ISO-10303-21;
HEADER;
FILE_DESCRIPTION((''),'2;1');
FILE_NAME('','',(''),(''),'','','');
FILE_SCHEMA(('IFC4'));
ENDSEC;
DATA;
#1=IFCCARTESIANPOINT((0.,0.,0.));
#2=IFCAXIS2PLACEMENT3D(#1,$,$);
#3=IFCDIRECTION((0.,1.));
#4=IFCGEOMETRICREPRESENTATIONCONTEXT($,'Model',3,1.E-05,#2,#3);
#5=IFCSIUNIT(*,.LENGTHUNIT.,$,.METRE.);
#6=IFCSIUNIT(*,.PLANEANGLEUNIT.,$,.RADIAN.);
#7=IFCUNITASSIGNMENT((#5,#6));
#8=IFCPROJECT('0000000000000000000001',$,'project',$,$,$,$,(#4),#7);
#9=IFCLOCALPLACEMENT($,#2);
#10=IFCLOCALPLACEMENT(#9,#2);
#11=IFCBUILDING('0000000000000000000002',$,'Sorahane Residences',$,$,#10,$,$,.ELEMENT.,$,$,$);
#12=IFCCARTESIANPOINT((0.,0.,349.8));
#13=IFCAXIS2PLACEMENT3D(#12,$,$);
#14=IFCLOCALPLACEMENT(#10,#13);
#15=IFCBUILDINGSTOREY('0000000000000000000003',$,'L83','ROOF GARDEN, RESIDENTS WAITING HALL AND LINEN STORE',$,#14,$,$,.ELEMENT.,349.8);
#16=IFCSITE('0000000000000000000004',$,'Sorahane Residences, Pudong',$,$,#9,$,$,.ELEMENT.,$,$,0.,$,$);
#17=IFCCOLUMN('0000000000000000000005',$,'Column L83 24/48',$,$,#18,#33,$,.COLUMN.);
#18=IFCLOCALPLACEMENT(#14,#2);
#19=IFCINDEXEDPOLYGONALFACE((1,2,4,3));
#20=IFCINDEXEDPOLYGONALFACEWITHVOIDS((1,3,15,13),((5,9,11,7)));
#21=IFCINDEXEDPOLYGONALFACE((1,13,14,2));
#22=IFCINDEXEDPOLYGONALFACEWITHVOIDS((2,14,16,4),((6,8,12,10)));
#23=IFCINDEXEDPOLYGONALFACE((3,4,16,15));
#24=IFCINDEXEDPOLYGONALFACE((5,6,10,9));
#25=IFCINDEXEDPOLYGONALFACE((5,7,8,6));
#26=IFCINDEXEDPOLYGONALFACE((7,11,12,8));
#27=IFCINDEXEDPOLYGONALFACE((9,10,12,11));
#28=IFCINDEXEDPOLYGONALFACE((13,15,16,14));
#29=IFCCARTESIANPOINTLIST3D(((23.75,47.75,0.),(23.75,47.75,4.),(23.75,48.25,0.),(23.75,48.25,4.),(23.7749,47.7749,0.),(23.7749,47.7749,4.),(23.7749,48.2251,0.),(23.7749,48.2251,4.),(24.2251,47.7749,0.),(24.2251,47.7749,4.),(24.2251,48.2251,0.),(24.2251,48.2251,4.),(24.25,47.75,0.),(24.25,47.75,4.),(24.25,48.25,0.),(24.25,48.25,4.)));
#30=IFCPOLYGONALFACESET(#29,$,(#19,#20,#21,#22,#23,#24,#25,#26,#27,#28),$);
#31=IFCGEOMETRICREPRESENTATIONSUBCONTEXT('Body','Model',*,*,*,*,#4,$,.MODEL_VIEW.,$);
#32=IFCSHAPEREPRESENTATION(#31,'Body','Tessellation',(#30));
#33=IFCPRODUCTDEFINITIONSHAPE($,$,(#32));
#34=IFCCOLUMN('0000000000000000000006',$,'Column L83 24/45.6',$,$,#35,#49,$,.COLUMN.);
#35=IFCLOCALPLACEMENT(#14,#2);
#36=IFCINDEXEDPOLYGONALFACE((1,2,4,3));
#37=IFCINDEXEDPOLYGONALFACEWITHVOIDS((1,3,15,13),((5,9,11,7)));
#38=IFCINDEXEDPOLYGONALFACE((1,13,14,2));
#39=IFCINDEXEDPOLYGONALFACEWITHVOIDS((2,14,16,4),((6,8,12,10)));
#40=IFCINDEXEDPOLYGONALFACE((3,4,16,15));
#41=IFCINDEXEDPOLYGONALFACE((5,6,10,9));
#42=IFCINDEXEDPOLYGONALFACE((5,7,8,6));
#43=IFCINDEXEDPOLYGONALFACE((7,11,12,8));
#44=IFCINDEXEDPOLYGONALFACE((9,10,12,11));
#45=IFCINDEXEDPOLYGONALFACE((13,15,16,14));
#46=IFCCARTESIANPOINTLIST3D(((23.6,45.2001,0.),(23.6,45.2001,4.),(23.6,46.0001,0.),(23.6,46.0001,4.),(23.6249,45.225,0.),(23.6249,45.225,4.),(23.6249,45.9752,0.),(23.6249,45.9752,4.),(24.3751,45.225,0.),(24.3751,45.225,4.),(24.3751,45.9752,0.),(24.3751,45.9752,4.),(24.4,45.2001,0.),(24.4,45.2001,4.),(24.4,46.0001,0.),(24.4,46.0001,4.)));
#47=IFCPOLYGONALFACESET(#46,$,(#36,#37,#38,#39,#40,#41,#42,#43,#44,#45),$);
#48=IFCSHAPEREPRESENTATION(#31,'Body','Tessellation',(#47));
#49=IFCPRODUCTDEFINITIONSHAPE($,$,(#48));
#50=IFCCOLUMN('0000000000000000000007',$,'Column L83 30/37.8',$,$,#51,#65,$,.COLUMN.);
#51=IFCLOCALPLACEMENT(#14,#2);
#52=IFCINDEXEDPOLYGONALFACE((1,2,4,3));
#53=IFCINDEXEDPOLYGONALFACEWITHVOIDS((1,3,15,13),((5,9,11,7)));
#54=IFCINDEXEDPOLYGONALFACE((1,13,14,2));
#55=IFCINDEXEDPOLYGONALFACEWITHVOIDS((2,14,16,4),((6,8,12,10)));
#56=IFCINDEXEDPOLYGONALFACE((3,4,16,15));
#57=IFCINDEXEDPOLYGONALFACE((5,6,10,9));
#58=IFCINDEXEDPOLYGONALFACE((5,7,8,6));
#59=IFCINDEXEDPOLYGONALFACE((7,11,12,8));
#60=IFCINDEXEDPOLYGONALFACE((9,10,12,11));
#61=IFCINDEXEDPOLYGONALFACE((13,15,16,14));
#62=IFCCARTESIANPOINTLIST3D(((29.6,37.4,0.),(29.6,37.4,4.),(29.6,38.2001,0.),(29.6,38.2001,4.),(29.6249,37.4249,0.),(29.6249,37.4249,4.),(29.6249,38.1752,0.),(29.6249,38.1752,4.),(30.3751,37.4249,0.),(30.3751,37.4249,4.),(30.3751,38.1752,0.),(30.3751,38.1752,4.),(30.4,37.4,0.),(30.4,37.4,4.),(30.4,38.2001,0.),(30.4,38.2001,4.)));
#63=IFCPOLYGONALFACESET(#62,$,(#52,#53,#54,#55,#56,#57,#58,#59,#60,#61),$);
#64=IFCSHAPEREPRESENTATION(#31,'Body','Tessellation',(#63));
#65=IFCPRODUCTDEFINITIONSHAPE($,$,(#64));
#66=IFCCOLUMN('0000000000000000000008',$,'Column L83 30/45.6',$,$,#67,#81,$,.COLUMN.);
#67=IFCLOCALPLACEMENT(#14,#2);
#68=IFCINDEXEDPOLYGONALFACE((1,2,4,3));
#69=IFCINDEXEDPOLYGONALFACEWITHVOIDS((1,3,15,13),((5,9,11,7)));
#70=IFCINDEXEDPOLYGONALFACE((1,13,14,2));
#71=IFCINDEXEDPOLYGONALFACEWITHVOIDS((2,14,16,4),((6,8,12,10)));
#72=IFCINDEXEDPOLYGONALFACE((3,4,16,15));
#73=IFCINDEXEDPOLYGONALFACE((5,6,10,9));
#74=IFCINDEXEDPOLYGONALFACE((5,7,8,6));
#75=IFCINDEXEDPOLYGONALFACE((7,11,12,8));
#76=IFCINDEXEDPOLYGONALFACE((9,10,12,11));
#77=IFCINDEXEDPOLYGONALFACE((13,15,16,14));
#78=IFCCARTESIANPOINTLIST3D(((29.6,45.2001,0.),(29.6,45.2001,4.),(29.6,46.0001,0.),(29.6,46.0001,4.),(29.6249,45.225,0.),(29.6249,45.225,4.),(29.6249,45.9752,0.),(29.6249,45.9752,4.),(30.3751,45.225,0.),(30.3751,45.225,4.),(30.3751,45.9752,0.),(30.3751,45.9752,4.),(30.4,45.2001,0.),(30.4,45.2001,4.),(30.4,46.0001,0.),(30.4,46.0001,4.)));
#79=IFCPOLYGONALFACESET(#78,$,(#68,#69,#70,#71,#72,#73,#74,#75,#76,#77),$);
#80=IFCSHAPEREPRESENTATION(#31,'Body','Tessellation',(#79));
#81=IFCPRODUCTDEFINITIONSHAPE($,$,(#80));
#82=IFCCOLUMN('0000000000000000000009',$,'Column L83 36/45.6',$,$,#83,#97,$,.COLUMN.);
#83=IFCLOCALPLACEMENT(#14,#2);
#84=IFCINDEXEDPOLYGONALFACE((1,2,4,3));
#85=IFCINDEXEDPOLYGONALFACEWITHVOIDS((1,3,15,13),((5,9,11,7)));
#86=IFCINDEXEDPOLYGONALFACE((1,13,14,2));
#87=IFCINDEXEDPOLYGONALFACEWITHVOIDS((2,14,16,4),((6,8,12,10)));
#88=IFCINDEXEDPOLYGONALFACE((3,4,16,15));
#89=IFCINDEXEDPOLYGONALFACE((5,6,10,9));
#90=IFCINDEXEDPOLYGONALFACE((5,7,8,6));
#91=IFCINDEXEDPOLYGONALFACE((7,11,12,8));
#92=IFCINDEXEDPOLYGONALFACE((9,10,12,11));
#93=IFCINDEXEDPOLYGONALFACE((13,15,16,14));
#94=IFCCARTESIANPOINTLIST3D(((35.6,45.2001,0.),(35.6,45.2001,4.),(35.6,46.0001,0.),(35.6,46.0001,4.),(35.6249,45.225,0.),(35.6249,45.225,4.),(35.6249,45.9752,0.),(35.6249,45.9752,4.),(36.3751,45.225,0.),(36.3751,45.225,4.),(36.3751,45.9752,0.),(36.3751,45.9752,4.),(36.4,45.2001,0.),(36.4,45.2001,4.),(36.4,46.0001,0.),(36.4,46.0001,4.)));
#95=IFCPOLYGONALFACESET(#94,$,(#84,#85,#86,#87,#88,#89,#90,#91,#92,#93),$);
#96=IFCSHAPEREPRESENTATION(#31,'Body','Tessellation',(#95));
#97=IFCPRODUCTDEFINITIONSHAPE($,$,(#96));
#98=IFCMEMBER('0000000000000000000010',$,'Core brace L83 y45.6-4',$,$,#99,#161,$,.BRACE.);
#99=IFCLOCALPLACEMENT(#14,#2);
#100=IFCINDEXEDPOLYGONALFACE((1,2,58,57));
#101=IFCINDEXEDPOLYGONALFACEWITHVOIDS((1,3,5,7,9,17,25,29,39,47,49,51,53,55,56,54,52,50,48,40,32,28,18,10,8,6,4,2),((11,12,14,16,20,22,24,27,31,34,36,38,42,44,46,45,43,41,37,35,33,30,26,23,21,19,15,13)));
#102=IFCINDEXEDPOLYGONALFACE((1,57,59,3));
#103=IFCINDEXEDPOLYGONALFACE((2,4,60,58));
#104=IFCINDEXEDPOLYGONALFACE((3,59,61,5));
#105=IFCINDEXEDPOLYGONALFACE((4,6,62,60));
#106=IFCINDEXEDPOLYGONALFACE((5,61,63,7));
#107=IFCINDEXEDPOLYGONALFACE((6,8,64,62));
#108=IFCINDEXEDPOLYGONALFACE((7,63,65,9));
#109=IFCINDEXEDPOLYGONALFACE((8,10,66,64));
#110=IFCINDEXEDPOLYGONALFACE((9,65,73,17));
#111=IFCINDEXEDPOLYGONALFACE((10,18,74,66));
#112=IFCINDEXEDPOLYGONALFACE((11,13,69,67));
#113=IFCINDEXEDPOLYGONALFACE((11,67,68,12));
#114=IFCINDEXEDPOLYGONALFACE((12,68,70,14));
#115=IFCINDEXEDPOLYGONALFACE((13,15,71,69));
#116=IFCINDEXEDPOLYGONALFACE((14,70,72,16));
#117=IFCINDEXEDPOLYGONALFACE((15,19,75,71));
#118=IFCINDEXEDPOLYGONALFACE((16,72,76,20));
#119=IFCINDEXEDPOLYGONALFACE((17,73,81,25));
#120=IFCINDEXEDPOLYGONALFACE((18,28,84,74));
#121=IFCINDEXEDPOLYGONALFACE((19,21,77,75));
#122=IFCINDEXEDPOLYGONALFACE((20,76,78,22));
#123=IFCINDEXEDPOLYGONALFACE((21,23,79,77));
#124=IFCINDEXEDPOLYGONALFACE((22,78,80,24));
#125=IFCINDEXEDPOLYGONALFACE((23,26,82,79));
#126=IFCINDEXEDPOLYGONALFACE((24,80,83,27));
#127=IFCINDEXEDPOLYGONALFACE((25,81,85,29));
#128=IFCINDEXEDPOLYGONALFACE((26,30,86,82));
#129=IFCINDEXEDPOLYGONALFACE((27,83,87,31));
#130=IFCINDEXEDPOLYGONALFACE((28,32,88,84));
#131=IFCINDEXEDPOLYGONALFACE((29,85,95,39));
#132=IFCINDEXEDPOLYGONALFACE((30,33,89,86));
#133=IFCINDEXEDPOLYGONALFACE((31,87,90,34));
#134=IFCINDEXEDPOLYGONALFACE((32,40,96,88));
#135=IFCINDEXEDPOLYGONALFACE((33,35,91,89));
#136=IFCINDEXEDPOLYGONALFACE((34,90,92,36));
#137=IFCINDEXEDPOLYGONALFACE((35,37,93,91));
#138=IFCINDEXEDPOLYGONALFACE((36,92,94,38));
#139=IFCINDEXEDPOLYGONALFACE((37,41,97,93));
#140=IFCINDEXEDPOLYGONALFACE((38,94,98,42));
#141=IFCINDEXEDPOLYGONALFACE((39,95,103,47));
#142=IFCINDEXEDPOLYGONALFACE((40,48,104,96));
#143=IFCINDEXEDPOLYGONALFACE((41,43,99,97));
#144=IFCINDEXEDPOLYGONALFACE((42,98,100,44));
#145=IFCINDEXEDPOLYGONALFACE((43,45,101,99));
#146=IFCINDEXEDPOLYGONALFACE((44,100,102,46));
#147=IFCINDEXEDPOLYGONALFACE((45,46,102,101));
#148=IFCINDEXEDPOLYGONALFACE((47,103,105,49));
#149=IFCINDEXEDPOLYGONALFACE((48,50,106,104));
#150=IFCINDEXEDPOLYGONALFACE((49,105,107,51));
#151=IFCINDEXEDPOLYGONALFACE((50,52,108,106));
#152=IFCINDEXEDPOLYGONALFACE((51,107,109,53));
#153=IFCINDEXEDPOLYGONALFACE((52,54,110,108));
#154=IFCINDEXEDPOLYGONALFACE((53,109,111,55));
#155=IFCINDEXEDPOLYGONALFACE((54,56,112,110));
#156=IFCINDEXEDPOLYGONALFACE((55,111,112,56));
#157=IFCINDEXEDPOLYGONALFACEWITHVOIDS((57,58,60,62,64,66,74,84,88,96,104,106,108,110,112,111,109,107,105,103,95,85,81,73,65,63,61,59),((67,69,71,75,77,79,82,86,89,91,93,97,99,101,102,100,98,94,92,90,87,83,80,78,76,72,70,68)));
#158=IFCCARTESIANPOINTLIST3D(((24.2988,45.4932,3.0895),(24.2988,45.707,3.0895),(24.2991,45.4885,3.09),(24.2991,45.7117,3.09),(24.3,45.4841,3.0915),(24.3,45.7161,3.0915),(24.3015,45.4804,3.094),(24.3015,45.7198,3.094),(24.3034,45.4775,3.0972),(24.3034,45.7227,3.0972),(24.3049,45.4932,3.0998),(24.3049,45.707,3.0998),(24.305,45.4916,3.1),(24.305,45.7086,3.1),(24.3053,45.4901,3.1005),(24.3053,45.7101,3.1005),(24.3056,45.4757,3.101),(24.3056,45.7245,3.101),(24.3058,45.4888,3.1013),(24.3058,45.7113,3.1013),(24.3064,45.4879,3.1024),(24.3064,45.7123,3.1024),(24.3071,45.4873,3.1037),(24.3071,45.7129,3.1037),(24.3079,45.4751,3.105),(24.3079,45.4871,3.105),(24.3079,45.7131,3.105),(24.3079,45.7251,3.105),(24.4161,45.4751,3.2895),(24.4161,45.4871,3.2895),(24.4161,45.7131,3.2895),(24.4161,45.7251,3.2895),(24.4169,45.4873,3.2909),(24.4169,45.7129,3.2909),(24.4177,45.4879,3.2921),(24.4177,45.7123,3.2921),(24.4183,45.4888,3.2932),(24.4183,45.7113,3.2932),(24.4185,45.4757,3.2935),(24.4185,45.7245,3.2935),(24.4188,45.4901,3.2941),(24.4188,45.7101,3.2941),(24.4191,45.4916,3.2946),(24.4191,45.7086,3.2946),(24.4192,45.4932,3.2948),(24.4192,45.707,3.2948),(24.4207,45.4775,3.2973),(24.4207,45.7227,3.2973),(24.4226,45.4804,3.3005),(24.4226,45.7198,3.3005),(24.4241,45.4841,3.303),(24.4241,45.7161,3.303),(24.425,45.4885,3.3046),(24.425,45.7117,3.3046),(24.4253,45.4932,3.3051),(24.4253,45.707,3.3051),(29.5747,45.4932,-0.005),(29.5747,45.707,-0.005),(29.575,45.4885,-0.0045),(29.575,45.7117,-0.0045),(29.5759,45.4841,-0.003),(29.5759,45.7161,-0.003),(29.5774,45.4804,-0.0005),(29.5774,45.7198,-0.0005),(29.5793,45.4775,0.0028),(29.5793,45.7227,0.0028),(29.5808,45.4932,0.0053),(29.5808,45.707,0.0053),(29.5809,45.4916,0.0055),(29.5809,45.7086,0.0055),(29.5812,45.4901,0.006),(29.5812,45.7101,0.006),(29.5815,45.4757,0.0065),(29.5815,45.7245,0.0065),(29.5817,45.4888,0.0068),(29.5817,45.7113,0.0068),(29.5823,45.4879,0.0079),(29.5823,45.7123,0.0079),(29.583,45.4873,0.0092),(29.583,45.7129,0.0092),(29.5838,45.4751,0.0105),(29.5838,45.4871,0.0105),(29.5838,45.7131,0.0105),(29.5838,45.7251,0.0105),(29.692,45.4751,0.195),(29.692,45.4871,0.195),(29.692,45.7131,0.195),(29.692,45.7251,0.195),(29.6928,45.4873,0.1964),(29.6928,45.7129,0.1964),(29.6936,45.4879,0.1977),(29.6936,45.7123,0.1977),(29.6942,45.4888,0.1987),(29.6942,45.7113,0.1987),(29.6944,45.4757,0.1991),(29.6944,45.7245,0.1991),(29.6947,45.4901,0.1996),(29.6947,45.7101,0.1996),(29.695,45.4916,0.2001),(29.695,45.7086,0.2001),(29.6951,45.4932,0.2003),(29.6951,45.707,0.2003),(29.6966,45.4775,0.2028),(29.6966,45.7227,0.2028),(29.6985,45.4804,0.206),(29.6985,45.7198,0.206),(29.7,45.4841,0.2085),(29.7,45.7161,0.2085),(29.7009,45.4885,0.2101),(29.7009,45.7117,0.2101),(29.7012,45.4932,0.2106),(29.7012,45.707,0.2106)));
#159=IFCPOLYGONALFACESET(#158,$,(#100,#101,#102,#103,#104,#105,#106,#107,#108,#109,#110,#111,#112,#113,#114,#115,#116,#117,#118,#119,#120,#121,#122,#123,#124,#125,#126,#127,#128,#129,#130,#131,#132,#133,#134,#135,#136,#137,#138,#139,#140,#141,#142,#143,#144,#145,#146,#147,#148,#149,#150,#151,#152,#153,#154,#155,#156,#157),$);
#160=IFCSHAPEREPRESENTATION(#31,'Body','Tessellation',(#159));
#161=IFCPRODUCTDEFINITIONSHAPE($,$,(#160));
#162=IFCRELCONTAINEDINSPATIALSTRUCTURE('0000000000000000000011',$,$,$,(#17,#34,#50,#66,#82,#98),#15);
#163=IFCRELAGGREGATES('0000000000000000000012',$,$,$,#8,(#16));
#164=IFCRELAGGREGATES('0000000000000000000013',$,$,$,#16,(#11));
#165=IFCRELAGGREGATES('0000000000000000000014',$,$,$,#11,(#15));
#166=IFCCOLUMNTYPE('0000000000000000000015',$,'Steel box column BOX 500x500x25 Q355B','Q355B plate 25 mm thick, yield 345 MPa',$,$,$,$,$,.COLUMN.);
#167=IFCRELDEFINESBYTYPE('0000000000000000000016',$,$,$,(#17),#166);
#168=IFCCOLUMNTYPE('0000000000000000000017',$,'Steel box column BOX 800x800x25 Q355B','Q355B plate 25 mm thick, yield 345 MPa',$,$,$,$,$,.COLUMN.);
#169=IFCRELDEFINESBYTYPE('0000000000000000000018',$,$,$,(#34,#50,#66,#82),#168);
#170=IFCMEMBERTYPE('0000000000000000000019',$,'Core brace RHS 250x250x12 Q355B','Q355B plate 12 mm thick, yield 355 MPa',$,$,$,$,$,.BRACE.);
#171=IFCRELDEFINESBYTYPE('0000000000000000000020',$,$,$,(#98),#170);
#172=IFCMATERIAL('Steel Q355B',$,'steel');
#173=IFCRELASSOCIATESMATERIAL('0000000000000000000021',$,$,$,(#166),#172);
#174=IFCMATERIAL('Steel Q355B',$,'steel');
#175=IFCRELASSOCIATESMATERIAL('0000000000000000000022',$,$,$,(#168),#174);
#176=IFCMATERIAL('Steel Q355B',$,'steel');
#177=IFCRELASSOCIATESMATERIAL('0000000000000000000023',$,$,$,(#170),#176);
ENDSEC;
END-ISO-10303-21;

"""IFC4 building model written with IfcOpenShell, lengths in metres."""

from ifc_helpers import new_model, si_unit, direction, frame, origin, origin_2d, place, context, subcontext, project, spatial, hollow_rectangle, extrude, material, material_profile, profile_set, type_object, element, save


model = new_model("IFC4")

# Units and contexts
model_context = context("Model", 3, precision=1e-05, world=origin(), true_north=direction((0.0, 1.0)))
body_context = subcontext(model_context, "Body", "Model", "MODEL_VIEW")
ifc_project = project(units=[si_unit("LENGTHUNIT", "METRE"), si_unit("PLANEANGLEUNIT", "RADIAN")], contexts=[model_context])

# Site, building, storey
site_placement = place(None, origin())
site = spatial("IfcSite", under=ifc_project, at=site_placement, Name="Sorahane Residences, Pudong", CompositionType="ELEMENT", RefElevation=0.0)
building_placement = place(site_placement, origin())
building = spatial("IfcBuilding", under=site, at=building_placement, Name="Sorahane Residences", CompositionType="ELEMENT")
storey_placement = place(building_placement, frame((0.0, 0.0, 349.8)))
storey = spatial("IfcBuildingStorey", under=building, at=storey_placement, Name="L83", Description="ROOF GARDEN, RESIDENTS WAITING HALL AND LINEN STORE", CompositionType="ELEMENT", Elevation=349.8)

# Columns
ifc_material_1 = material(Name="Steel Q355B", Category="steel")
ifc_material_profile_1 = material_profile(ifc_material_1, hollow_rectangle(XDim=0.5, YDim=0.5, WallThickness=0.0249, at=origin_2d()), Name="BOX 500x500x25")
ifc_profile_set_1 = profile_set([ifc_material_profile_1], Name="Steel Q355B")
column_type_1 = type_object("IfcColumnType", Name="Steel box column BOX 500x500x25 Q355B", Description="Q355B plate 25 mm thick, yield 345 MPa", PredefinedType="COLUMN", material=ifc_profile_set_1)
column_placement = place(storey_placement, frame((24.0, 48.0, 0.0), z_axis=(0.0, 0.0, 1.0), x_axis=(1.0, 0.0, 0.0)))
element("IfcColumn", 1, at=column_placement, inside=storey, type_object=column_type_1, Name="Column L83 24/48", PredefinedType="COLUMN", context=body_context, shape_type="SweptSolid", body=[
    extrude(hollow_rectangle(XDim=0.5, YDim=0.5, WallThickness=0.0249, at=origin_2d()), origin(), (0.0, 0.0, 1.0), 4.0),
])
ifc_material_2 = material(Name="Steel Q355B", Category="steel")
ifc_material_profile_2 = material_profile(ifc_material_2, hollow_rectangle(XDim=0.8, YDim=0.8, WallThickness=0.0249, at=origin_2d()), Name="BOX 800x800x25")
ifc_profile_set_2 = profile_set([ifc_material_profile_2], Name="Steel Q355B")
column_type_2 = type_object("IfcColumnType", Name="Steel box column BOX 800x800x25 Q355B", Description="Q355B plate 25 mm thick, yield 345 MPa", PredefinedType="COLUMN", material=ifc_profile_set_2)
for number, where, z_axis, x_axis, name in (
    (2, (24.0, 45.6001, 0.0), (0.0, 0.0, 1.0), (1.0, 0.0, 0.0), "Column L83 24/45.6"),
    (3, (30.0, 37.8, 0.0), (0.0, 0.0, 1.0), (1.0, 0.0, 0.0), "Column L83 30/37.8"),
    (4, (30.0, 45.6001, 0.0), (0.0, 0.0, 1.0), (1.0, 0.0, 0.0), "Column L83 30/45.6"),
    (5, (36.0, 45.6001, 0.0), (0.0, 0.0, 1.0), (1.0, 0.0, 0.0), "Column L83 36/45.6"),
):
    element("IfcColumn", number, at=place(storey_placement, frame(where, z_axis=z_axis, x_axis=x_axis)), inside=storey, type_object=column_type_2, Name=name, PredefinedType="COLUMN", context=body_context, shape_type="SweptSolid", body=[
        extrude(hollow_rectangle(XDim=0.8, YDim=0.8, WallThickness=0.0249, at=origin_2d()), origin(), (0.0, 0.0, 1.0), 4.0),
    ])

# Member
ifc_material_3 = material(Name="Steel Q355B", Category="steel")
ifc_material_profile_3 = material_profile(ifc_material_3, hollow_rectangle(XDim=0.25, YDim=0.25, WallThickness=0.012, InnerFilletRadius=0.0061, OuterFilletRadius=0.0181, at=origin_2d()), Name="RHS 250x250x12")
ifc_profile_set_3 = profile_set([ifc_material_profile_3], Name="Steel Q355B")
member_type_1 = type_object("IfcMemberType", Name="Core brace RHS 250x250x12 Q355B", Description="Q355B plate 12 mm thick, yield 355 MPa", PredefinedType="BRACE", material=ifc_profile_set_3)
member_1_placement = place(storey_placement, frame((29.6379, 45.6001, 0.1028), z_axis=(-0.862575, 0.0, 0.505929), x_axis=(0.0, -1.0, 0.0)))
element("IfcMember", 6, at=member_1_placement, inside=storey, type_object=member_type_1, Name="Core brace L83 y45.6-4", PredefinedType="BRACE", context=body_context, shape_type="SweptSolid", body=[
    extrude(hollow_rectangle(XDim=0.25, YDim=0.25, WallThickness=0.012, InnerFilletRadius=0.0061, OuterFilletRadius=0.0181, at=origin_2d()), origin(), (0.0, 0.0, 1.0), 6.1165),
])

save(model, "model.ifc")
